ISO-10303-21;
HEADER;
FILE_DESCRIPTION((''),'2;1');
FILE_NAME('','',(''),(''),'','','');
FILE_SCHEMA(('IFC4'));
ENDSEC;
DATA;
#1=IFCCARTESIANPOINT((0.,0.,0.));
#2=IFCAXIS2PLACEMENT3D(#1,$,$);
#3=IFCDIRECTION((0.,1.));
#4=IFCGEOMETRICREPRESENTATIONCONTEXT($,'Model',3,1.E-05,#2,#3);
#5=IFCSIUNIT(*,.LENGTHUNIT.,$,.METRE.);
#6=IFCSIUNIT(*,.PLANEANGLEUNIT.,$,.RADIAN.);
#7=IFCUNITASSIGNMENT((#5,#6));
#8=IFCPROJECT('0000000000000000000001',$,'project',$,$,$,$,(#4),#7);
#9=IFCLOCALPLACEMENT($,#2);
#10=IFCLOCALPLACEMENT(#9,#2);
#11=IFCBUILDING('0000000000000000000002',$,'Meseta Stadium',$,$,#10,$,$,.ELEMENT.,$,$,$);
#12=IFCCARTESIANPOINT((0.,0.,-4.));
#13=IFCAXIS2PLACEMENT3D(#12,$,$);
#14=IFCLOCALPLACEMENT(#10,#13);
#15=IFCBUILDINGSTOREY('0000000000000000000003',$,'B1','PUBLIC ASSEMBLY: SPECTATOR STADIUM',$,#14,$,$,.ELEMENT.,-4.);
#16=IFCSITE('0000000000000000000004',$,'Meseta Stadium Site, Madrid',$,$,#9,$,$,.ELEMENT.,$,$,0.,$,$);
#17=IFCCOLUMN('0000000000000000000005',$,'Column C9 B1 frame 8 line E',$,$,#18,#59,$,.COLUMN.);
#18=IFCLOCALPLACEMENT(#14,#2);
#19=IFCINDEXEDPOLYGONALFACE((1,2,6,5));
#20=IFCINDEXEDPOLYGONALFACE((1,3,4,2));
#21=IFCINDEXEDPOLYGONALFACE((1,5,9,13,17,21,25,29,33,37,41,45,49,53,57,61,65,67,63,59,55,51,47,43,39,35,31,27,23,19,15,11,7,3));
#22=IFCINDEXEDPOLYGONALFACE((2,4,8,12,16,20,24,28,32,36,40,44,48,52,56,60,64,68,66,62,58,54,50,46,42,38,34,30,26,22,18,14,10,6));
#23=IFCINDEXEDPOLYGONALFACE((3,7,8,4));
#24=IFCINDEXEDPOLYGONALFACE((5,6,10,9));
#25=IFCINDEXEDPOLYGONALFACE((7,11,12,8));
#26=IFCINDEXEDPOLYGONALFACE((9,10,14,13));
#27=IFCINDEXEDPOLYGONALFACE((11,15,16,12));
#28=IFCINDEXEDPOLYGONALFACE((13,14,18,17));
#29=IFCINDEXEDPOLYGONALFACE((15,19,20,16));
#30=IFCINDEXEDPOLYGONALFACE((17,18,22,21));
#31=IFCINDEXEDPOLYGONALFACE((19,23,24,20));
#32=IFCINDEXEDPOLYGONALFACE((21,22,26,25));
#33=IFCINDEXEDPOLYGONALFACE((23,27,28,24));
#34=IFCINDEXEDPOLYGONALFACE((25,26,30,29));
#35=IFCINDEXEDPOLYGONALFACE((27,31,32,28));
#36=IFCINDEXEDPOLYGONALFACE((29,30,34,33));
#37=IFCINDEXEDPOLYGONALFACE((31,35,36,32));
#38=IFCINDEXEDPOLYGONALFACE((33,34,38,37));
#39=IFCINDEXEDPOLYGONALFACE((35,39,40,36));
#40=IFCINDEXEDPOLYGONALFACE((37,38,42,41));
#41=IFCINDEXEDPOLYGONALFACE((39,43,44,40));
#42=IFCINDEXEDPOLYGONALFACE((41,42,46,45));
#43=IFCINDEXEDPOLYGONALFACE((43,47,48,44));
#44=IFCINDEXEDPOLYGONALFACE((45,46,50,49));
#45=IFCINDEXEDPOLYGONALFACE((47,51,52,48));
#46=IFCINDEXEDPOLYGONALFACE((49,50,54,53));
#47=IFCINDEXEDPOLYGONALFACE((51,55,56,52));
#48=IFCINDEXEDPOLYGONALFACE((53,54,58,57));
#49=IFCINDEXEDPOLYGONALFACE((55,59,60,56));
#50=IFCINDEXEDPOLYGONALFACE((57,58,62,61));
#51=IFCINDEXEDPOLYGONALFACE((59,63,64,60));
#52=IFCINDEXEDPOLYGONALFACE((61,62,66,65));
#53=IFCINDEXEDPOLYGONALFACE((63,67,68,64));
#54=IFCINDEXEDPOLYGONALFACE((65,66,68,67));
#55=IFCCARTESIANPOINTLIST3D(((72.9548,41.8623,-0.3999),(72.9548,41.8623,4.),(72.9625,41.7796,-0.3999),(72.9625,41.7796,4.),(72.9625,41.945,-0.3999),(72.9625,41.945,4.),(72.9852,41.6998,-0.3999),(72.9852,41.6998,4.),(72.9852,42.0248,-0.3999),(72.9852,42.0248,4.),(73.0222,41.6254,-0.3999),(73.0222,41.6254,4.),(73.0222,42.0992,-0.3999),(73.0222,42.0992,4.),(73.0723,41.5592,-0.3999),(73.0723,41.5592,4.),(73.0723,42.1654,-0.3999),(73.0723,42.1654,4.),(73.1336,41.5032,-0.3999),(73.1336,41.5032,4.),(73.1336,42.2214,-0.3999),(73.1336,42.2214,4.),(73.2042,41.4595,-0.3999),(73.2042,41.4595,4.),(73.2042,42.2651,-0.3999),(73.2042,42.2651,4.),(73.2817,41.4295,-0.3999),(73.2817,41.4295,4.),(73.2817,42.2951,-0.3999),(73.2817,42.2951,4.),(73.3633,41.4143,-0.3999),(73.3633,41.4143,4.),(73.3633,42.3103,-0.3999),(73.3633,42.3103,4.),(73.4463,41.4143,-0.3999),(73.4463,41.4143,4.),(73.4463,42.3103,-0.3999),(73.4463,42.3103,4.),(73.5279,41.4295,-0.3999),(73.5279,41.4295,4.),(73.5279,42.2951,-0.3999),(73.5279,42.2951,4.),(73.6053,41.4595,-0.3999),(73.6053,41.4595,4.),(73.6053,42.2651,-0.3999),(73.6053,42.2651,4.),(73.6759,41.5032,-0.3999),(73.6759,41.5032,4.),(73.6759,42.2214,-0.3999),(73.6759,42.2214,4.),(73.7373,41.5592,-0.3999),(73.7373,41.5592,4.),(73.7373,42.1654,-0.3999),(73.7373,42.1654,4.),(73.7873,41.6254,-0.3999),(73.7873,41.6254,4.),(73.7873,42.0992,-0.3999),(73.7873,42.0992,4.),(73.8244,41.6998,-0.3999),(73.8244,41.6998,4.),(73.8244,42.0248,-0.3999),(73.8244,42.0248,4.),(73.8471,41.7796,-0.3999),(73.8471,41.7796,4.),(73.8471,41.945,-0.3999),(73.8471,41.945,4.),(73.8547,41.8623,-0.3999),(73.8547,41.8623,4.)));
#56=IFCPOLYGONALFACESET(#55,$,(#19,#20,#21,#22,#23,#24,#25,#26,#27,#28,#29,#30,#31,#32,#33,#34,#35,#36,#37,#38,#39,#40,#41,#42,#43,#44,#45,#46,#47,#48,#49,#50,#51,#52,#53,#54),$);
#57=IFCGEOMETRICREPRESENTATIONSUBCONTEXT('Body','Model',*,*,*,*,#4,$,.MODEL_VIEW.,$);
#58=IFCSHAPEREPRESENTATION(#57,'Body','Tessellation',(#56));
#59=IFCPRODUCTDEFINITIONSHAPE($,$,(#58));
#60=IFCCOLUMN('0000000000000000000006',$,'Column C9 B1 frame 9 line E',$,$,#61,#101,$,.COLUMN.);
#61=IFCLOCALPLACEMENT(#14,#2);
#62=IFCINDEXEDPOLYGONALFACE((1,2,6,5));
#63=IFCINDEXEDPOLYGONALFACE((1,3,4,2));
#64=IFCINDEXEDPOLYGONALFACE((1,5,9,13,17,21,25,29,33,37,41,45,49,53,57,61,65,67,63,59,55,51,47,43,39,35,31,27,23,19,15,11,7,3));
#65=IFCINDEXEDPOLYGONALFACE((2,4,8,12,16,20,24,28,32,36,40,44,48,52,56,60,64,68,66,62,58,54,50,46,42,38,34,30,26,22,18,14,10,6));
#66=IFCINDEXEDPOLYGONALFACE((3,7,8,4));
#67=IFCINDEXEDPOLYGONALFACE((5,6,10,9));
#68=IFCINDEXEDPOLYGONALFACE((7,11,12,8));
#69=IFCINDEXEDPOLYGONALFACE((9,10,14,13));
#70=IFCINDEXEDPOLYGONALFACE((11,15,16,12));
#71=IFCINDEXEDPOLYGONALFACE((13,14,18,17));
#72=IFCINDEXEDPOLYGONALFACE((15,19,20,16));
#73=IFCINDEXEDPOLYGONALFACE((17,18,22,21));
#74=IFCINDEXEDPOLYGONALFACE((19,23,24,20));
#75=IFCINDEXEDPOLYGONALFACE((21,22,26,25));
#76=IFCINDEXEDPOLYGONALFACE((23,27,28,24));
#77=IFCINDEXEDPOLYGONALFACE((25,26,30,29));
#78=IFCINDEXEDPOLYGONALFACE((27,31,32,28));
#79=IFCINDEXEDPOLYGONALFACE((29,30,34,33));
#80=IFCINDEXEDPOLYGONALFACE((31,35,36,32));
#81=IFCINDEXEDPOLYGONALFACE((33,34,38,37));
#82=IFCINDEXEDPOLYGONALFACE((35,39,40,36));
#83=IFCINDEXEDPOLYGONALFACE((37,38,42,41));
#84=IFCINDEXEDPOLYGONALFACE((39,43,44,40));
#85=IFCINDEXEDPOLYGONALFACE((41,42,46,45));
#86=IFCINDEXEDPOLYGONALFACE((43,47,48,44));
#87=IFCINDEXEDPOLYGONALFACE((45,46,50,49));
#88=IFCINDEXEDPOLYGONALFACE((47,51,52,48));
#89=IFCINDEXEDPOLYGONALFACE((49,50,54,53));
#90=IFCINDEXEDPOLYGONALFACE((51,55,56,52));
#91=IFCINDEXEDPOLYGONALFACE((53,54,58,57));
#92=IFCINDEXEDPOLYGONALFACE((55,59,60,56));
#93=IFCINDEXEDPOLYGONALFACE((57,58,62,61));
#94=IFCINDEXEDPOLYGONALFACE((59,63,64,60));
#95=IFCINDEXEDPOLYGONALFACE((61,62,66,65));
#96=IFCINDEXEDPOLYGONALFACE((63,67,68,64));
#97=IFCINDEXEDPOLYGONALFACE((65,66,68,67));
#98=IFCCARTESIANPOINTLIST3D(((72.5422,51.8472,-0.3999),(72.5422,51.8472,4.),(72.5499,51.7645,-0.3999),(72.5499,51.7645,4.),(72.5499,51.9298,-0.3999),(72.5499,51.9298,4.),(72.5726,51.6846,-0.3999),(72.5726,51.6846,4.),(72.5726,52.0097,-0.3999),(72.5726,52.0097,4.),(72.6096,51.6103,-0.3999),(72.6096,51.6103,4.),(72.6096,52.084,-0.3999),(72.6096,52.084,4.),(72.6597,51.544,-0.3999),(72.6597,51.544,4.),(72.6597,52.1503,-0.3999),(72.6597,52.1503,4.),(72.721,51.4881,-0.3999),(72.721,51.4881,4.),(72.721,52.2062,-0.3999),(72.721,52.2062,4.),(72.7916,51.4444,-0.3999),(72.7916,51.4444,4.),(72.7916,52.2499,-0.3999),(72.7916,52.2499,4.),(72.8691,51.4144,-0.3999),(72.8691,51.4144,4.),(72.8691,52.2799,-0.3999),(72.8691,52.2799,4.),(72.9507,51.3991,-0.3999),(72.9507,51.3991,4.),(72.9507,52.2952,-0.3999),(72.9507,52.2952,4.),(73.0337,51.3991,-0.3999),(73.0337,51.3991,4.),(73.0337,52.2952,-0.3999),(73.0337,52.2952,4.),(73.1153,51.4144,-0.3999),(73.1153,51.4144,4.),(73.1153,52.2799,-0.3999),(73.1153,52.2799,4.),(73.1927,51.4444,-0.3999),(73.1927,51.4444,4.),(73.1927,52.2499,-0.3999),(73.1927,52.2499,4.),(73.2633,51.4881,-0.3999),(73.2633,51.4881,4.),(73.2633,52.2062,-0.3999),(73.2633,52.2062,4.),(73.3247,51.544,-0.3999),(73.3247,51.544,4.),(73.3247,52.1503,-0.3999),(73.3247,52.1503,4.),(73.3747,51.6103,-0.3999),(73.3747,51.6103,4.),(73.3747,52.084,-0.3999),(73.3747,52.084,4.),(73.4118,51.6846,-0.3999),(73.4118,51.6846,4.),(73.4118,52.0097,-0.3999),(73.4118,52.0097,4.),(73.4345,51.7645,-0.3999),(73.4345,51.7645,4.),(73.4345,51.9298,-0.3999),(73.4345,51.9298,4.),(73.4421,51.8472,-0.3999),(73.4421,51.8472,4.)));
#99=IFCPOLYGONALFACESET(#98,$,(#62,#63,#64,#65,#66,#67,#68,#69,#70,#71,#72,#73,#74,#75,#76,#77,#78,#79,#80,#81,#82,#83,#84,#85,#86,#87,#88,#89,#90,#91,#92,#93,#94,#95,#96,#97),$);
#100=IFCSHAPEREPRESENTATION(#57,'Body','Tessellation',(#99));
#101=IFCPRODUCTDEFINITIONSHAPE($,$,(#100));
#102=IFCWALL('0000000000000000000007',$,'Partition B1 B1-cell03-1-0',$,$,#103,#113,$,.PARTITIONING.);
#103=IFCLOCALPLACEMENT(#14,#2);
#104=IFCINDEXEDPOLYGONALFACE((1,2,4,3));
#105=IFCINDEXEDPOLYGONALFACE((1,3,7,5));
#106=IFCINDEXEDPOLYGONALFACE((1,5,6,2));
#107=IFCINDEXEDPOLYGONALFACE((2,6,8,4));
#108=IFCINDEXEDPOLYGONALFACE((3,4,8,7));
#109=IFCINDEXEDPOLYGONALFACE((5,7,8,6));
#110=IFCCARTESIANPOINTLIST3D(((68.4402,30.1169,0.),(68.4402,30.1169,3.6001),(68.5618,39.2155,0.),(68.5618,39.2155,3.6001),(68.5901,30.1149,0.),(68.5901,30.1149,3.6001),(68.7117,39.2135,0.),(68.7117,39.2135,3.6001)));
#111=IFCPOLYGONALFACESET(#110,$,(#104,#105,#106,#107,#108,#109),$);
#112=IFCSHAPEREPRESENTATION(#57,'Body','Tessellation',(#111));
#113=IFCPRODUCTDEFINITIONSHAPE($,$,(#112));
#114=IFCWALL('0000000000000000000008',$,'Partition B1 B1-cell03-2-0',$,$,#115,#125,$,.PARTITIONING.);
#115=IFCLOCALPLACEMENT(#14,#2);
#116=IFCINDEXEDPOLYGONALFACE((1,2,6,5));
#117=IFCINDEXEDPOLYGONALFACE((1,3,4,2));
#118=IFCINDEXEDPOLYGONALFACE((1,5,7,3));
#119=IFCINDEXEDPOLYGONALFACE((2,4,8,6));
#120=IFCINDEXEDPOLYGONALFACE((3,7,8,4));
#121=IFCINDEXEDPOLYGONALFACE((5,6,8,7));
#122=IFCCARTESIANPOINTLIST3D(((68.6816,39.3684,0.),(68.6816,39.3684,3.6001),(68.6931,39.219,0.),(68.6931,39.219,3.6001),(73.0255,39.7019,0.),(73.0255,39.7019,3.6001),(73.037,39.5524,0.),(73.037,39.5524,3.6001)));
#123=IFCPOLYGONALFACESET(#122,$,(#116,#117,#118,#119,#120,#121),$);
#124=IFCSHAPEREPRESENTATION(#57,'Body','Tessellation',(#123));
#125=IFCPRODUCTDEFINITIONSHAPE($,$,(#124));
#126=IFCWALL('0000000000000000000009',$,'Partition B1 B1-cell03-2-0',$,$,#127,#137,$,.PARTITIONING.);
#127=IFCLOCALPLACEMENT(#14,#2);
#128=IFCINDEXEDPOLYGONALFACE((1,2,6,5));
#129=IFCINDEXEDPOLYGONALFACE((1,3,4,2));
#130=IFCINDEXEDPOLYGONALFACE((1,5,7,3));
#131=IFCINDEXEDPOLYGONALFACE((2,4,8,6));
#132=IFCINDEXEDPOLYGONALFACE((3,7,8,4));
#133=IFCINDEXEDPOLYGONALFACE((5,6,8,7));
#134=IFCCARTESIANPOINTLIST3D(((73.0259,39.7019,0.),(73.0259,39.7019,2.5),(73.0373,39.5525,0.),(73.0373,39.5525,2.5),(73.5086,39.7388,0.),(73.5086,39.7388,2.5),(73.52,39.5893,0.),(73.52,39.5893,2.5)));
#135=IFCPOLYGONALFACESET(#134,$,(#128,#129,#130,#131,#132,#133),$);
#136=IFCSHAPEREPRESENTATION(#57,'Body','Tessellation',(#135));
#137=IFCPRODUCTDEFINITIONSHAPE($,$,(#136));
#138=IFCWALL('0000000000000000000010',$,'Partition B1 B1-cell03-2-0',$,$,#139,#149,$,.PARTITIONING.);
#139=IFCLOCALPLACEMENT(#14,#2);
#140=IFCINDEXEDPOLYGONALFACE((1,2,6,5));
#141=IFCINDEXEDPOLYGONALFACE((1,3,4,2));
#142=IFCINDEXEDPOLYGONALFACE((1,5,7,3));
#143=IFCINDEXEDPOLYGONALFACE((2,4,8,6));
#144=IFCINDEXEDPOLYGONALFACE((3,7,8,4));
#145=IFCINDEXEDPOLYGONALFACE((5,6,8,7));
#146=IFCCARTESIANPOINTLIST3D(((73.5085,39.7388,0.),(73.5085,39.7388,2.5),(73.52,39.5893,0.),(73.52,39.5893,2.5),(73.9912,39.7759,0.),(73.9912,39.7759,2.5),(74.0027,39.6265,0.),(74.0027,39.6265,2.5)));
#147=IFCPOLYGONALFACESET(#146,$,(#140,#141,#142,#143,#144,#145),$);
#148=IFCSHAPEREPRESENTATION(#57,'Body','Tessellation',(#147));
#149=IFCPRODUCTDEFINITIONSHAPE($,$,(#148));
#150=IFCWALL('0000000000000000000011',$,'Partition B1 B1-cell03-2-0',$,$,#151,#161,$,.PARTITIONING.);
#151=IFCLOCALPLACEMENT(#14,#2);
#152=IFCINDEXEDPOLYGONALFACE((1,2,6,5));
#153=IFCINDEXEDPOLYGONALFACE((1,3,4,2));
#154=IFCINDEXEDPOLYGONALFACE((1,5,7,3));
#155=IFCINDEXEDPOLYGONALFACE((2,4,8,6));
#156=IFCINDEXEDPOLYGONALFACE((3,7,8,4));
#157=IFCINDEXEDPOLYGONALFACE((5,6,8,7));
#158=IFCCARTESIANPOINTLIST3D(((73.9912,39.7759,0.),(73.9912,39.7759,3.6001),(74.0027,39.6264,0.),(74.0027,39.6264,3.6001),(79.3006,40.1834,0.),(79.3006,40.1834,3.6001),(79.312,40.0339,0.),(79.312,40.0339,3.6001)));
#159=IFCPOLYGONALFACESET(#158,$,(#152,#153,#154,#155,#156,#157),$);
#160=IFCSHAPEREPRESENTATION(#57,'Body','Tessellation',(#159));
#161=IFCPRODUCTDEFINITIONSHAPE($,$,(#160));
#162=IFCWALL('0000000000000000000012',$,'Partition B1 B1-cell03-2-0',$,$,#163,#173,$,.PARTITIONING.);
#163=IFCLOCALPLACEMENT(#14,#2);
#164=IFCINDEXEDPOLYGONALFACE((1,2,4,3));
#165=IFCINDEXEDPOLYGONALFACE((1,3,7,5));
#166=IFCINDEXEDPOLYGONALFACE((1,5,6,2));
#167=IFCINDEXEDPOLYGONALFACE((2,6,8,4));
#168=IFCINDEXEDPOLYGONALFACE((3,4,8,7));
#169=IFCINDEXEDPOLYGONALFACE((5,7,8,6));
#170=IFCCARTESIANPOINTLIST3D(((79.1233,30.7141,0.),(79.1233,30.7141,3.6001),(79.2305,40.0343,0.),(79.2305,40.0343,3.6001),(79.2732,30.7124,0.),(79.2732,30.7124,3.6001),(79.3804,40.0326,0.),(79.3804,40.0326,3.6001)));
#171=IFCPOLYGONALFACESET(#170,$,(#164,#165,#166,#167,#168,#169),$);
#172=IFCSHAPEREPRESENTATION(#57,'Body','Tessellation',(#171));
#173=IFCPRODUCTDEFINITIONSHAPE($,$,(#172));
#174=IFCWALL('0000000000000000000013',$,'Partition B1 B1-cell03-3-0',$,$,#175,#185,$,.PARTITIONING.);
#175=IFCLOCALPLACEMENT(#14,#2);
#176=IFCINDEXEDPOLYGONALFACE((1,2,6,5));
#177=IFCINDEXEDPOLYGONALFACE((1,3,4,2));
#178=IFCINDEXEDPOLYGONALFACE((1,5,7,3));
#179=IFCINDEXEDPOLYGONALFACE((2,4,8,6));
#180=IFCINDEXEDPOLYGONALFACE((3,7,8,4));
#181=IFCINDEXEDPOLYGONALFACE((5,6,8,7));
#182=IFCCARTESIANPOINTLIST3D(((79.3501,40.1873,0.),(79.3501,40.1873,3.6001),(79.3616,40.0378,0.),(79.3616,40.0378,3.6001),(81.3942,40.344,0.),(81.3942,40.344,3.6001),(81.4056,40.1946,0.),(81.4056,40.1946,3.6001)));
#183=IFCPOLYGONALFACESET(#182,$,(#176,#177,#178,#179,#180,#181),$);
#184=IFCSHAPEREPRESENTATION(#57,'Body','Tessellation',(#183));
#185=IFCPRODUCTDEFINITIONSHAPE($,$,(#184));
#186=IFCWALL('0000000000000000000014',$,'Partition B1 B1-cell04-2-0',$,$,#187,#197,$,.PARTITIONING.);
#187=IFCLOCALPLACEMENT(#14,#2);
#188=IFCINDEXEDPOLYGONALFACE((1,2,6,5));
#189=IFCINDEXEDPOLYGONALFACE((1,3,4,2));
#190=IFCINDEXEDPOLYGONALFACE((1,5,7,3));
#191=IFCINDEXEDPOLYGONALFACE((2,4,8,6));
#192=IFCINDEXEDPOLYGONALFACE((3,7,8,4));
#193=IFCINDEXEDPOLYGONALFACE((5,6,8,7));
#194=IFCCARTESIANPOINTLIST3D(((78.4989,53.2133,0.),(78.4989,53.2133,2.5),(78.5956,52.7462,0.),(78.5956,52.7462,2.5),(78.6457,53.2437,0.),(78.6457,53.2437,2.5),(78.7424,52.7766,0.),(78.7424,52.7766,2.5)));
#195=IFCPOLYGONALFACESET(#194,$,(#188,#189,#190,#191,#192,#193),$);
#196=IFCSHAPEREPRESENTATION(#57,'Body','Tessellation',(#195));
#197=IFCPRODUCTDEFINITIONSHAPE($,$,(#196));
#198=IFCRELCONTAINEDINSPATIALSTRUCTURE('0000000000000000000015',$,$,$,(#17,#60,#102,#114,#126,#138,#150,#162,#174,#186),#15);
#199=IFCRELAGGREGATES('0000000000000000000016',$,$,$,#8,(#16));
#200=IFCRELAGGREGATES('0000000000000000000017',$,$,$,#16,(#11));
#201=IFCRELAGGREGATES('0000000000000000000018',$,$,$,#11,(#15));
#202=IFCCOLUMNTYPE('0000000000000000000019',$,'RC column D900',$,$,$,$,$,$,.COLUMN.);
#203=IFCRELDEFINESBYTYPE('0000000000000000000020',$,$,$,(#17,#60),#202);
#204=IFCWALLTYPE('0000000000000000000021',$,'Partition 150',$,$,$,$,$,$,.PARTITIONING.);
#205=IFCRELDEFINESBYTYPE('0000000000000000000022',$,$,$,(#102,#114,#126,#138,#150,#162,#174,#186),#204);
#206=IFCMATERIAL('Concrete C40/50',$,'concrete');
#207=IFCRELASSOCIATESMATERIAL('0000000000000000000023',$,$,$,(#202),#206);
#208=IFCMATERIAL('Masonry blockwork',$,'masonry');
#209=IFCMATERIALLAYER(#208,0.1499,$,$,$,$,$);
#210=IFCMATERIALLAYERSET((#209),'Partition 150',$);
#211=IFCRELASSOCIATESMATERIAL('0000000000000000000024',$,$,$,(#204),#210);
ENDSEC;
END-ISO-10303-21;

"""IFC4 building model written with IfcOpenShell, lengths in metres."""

from ifc_helpers import new_model, si_unit, direction, frame, frame_2d, origin, origin_2d, place, context, subcontext, project, spatial, rectangle, circle, extrude, material, layer, layer_set, material_profile, profile_set, type_object, element, save


model = new_model("IFC4")

# Units and contexts
model_context = context("Model", 3, precision=1e-05, world=origin(), true_north=direction((0.0, 1.0)))
body_context = subcontext(model_context, "Body", "Model", "MODEL_VIEW")
ifc_project = project(units=[si_unit("LENGTHUNIT", "METRE"), si_unit("PLANEANGLEUNIT", "RADIAN")], contexts=[model_context])

# Site, building, storey
site_placement = place(None, origin())
site = spatial("IfcSite", under=ifc_project, at=site_placement, Name="Meseta Stadium Site, Madrid", CompositionType="ELEMENT", RefElevation=0.0)
building_placement = place(site_placement, origin())
building = spatial("IfcBuilding", under=site, at=building_placement, Name="Meseta Stadium", CompositionType="ELEMENT")
storey_placement = place(building_placement, frame((0.0, 0.0, -4.0)))
storey = spatial("IfcBuildingStorey", under=building, at=storey_placement, Name="B1", Description="PUBLIC ASSEMBLY: SPECTATOR STADIUM", CompositionType="ELEMENT", Elevation=-4.0)

# Columns
ifc_material_1 = material(Name="Concrete C40/50", Category="concrete")
ifc_material_profile = material_profile(ifc_material_1, circle(Radius=0.45, at=origin_2d()), Name="RC D900")
ifc_profile_set = profile_set([ifc_material_profile], Name="Concrete C40/50")
column_type = type_object("IfcColumnType", Name="RC column D900", PredefinedType="COLUMN", material=ifc_profile_set)
for number, where, z_axis, x_axis, name in (
    (1, (73.4048, 41.8623, -0.3999), (0.0, 0.0, 1.0), (1.0, 0.0, 0.0), "Column C9 B1 frame 8 line E"),
    (2, (72.9922, 51.8472, -0.3999), (0.0, 0.0, 1.0), (1.0, 0.0, 0.0), "Column C9 B1 frame 9 line E"),
):
    element("IfcColumn", number, at=place(storey_placement, frame(where, z_axis=z_axis, x_axis=x_axis)), inside=storey, type_object=column_type, Name=name, PredefinedType="COLUMN", context=body_context, shape_type="SweptSolid", body=[
        extrude(circle(Radius=0.45, at=origin_2d()), origin(), (0.0, 0.0, 1.0), 4.3999),
    ])

# Walls
ifc_material_2 = material(Name="Masonry blockwork", Category="masonry")
ifc_layer = layer(ifc_material_2, 0.1499)
ifc_layer_set = layer_set([ifc_layer], Name="Partition 150")
wall_type = type_object("IfcWallType", Name="Partition 150", PredefinedType="PARTITIONING", material=ifc_layer_set)
wall_1_placement = place(storey_placement, frame((68.6367, 39.2146, 0.0), z_axis=(0.0, 0.0, 1.0), x_axis=(-0.013361, -0.999911, 0.0)))
element("IfcWall", 3, at=wall_1_placement, inside=storey, type_object=wall_type, Name="Partition B1 B1-cell03-1-0", PredefinedType="PARTITIONING", context=body_context, shape_type="SweptSolid", body=[
    extrude(rectangle(XDim=9.0994, YDim=0.1499, at=frame_2d((4.5498, 0.0))), origin(), (0.0, 0.0, 1.0), 3.6001),
])
wall_2_placement = place(storey_placement, frame((68.6875, 39.2937, 0.0), z_axis=(0.0, 0.0, 1.0), x_axis=(0.997066, 0.076547, 0.0)))
element("IfcWall", 4, at=wall_2_placement, inside=storey, type_object=wall_type, Name="Partition B1 B1-cell03-2-0", PredefinedType="PARTITIONING", context=body_context, shape_type="SweptSolid", body=[
    extrude(rectangle(XDim=4.3567, YDim=0.1499, at=frame_2d((2.1782, 0.0))), origin(), (0.0, 0.0, 1.0), 3.6001),
])
for number, where, z_axis, x_axis, name in (
    (5, (73.0315, 39.6272, 0.0), (0.0, 0.0, 1.0), (0.997096, 0.076157, 0.0), "Partition B1 B1-cell03-2-0"),
    (6, (73.5142, 39.6641, 0.0), (0.0, 0.0, 1.0), (0.997057, 0.076658, 0.0), "Partition B1 B1-cell03-2-0"),
):
    element("IfcWall", number, at=place(storey_placement, frame(where, z_axis=z_axis, x_axis=x_axis)), inside=storey, type_object=wall_type, Name=name, PredefinedType="PARTITIONING", context=body_context, shape_type="SweptSolid", body=[
        extrude(rectangle(XDim=0.4841, YDim=0.1499, at=frame_2d((0.2422, 0.0))), origin(), (0.0, 0.0, 1.0), 2.5),
    ])
wall_3_placement = place(storey_placement, frame((73.9968, 39.7012, 0.0), z_axis=(0.0, 0.0, 1.0), x_axis=(0.997068, 0.076521, 0.0)))
element("IfcWall", 7, at=wall_3_placement, inside=storey, type_object=wall_type, Name="Partition B1 B1-cell03-2-0", PredefinedType="PARTITIONING", context=body_context, shape_type="SweptSolid", body=[
    extrude(rectangle(XDim=5.325, YDim=0.1499, at=frame_2d((2.6626, 0.0))), origin(), (0.0, 0.0, 1.0), 3.6001),
])
wall_4_placement = place(storey_placement, frame((79.3054, 40.0334, 0.0), z_axis=(0.0, 0.0, 1.0), x_axis=(-0.011499, -0.999934, 0.0)))
element("IfcWall", 8, at=wall_4_placement, inside=storey, type_object=wall_type, Name="Partition B1 B1-cell03-2-0", PredefinedType="PARTITIONING", context=body_context, shape_type="SweptSolid", body=[
    extrude(rectangle(XDim=9.3208, YDim=0.1499, at=frame_2d((4.6604, 0.0))), origin(), (0.0, 0.0, 1.0), 3.6001),
])
wall_5_placement = place(storey_placement, frame((79.356, 40.1125, 0.0), z_axis=(0.0, 0.0, 1.0), x_axis=(0.997073, 0.07646, 0.0)))
element("IfcWall", 9, at=wall_5_placement, inside=storey, type_object=wall_type, Name="Partition B1 B1-cell03-3-0", PredefinedType="PARTITIONING", context=body_context, shape_type="SweptSolid", body=[
    extrude(rectangle(XDim=2.05, YDim=0.1499, at=frame_2d((1.0249, 0.0))), origin(), (0.0, 0.0, 1.0), 3.6001),
])
wall_6_placement = place(storey_placement, frame((78.5723, 53.2285, 0.0), z_axis=(0.0, 0.0, 1.0), x_axis=(0.202707, -0.979239, 0.0)))
element("IfcWall", 10, at=wall_6_placement, inside=storey, type_object=wall_type, Name="Partition B1 B1-cell04-2-0", PredefinedType="PARTITIONING", context=body_context, shape_type="SweptSolid", body=[
    extrude(rectangle(XDim=0.4771, YDim=0.1499, at=frame_2d((0.2385, 0.0))), origin(), (0.0, 0.0, 1.0), 2.5),
])

save(model, "model.ifc")
